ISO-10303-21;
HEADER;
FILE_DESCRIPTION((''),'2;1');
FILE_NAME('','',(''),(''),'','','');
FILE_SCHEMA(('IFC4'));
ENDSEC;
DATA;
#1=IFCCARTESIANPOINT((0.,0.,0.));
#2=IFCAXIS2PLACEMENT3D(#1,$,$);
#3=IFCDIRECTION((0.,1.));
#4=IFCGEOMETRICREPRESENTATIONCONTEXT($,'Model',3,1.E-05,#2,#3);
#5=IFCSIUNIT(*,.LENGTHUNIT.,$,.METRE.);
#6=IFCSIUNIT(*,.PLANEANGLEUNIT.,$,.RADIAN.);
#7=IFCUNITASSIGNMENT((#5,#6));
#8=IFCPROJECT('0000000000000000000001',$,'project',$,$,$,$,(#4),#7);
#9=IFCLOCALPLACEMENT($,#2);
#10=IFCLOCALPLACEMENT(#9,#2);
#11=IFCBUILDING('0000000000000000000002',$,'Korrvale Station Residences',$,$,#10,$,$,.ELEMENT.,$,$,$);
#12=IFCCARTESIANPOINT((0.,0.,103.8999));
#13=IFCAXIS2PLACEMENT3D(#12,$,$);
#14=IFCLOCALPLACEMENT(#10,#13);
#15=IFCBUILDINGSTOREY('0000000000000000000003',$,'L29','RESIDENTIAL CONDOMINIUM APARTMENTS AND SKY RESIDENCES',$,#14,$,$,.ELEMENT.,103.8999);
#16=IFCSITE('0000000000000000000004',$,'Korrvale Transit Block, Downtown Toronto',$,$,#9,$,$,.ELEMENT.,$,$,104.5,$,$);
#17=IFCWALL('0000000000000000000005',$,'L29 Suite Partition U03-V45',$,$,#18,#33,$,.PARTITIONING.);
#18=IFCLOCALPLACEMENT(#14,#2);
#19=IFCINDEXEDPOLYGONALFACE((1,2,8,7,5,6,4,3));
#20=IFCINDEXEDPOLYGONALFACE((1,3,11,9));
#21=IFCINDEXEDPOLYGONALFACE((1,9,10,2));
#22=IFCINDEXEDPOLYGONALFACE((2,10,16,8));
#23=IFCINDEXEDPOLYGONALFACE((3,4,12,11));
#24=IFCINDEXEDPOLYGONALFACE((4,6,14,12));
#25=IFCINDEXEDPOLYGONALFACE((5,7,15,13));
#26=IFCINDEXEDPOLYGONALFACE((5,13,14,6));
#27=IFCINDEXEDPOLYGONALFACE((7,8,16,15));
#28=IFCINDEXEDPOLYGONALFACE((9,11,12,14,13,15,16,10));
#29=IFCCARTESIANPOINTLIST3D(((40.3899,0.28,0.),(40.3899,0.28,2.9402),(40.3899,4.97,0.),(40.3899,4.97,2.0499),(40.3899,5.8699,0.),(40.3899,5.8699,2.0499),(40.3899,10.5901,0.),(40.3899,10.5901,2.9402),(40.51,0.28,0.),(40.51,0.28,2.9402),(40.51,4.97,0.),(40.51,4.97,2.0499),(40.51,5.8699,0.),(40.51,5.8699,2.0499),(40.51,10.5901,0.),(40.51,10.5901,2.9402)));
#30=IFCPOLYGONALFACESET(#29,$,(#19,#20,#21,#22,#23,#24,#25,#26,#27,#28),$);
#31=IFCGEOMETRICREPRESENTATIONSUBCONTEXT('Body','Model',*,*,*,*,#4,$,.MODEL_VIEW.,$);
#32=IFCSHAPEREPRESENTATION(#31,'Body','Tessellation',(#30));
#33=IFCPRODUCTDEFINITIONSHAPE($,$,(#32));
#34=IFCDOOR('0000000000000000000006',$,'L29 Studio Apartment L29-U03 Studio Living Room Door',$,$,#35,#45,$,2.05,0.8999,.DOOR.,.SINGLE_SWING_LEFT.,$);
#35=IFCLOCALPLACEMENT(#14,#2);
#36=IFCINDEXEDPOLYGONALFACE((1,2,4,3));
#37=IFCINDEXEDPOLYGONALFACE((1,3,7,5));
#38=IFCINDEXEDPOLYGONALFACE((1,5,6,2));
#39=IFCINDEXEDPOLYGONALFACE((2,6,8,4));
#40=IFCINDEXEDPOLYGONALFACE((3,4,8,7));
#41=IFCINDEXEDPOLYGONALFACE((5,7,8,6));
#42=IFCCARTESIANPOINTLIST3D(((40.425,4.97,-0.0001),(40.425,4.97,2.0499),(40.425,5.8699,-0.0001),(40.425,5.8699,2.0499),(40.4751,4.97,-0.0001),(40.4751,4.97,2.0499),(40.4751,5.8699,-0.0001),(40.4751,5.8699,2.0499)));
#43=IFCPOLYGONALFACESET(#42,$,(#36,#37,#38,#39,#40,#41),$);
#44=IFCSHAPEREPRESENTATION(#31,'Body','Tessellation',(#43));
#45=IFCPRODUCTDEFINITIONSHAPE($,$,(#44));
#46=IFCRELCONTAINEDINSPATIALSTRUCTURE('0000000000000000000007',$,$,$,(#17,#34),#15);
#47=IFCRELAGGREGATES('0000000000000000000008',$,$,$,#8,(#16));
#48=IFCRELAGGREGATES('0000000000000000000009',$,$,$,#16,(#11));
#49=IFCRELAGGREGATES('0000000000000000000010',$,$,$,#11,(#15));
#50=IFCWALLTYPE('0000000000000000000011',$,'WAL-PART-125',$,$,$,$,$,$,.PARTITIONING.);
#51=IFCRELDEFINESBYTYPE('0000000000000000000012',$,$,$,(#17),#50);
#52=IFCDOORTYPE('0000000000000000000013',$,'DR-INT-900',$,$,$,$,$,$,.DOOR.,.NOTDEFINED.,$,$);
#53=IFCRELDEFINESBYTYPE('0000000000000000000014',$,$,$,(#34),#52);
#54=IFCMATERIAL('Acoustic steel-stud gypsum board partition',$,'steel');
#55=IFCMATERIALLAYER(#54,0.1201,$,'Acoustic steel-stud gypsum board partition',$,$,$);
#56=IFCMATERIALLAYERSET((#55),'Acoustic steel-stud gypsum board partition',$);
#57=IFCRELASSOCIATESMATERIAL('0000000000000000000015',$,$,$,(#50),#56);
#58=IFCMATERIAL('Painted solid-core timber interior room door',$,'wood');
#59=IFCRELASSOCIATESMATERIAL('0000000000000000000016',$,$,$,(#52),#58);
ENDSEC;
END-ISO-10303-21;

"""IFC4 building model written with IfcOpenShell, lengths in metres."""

from ifc_helpers import new_model, si_unit, direction, frame, frame_2d, origin, place, context, subcontext, project, spatial, rectangle, extrude, material, layer, layer_set, type_object, element, fill, save


model = new_model("IFC4")

# Units and contexts
model_context = context("Model", 3, precision=1e-05, world=origin(), true_north=direction((0.0, 1.0)))
body_context = subcontext(model_context, "Body", "Model", "MODEL_VIEW")
ifc_project = project(units=[si_unit("LENGTHUNIT", "METRE"), si_unit("PLANEANGLEUNIT", "RADIAN")], contexts=[model_context])

# Site, building, storey
site_placement = place(None, origin())
site = spatial("IfcSite", under=ifc_project, at=site_placement, Name="Korrvale Transit Block, Downtown Toronto", CompositionType="ELEMENT", RefElevation=104.5)
building_placement = place(site_placement, origin())
building = spatial("IfcBuilding", under=site, at=building_placement, Name="Korrvale Station Residences", CompositionType="ELEMENT")
storey_placement = place(building_placement, frame((0.0, 0.0, 103.8999)))
storey = spatial("IfcBuildingStorey", under=building, at=storey_placement, Name="L29", Description="RESIDENTIAL CONDOMINIUM APARTMENTS AND SKY RESIDENCES", CompositionType="ELEMENT", Elevation=103.8999)

# Wall, opening, door
ifc_material_1 = material(Name="Acoustic steel-stud gypsum board partition", Category="steel")
ifc_layer_1 = layer(ifc_material_1, 0.1201, Name="Acoustic steel-stud gypsum board partition")
ifc_layer_set_1 = layer_set([ifc_layer_1], Name="Acoustic steel-stud gypsum board partition")
wall_type_1 = type_object("IfcWallType", Name="WAL-PART-125", PredefinedType="PARTITIONING", material=ifc_layer_set_1)
ifc_material_2 = material(Name="Painted solid-core timber interior room door", Category="wood")
door_type = type_object("IfcDoorType", Name="DR-INT-900", OperationType="NOTDEFINED", PredefinedType="DOOR", material=ifc_material_2)
wall_1_placement = place(storey_placement, frame((40.45, 0.28, 0.0), z_axis=(0.0, 0.0, 1.0), x_axis=(0.0, 1.0, 0.0)))
wall_1 = element("IfcWall", 1, at=wall_1_placement, inside=storey, type_object=wall_type_1, Name="L29 Suite Partition U03-V45", PredefinedType="PARTITIONING", context=body_context, shape_type="SweptSolid", body=[
    extrude(rectangle(XDim=10.3101, YDim=0.1201, at=frame_2d((5.155, 0.0))), origin(), (0.0, 0.0, 1.0), 2.9402),
])
opening_1_placement = place(wall_1_placement, frame((4.6899, 0.0, 0.0)))
opening_1 = element("IfcOpeningElement", 2, at=opening_1_placement, cuts=wall_1, PredefinedType="OPENING", context=body_context, shape_type="SweptSolid", body=[
    extrude(rectangle(XDim=0.8999, YDim=2.05, at=frame_2d((0.45, 1.0249))), frame((0.0, 0.0701, 0.0), z_axis=(0.0, -1.0, 0.0), x_axis=(1.0, 0.0, 0.0)), (0.0, 0.0, 1.0), 0.1401),
])
door_1_placement = place(opening_1_placement, origin())
door_1 = element("IfcDoor", 3, at=door_1_placement, inside=storey, type_object=door_type, Name="L29 Studio Apartment L29-U03 Studio Living Room Door", OperationType="SINGLE_SWING_LEFT", OverallHeight=2.05, OverallWidth=0.8999, PredefinedType="DOOR", context=body_context, shape_type="SweptSolid", body=[
    extrude(rectangle(XDim=0.8999, YDim=2.05, at=frame_2d((0.45, 1.0249))), frame((0.0, 0.0249, 0.0), z_axis=(0.0, -1.0, 0.0), x_axis=(1.0, 0.0, 0.0)), (0.0, 0.0, 1.0), 0.05),
])
fill(opening_1, door_1)

save(model, "model.ifc")
